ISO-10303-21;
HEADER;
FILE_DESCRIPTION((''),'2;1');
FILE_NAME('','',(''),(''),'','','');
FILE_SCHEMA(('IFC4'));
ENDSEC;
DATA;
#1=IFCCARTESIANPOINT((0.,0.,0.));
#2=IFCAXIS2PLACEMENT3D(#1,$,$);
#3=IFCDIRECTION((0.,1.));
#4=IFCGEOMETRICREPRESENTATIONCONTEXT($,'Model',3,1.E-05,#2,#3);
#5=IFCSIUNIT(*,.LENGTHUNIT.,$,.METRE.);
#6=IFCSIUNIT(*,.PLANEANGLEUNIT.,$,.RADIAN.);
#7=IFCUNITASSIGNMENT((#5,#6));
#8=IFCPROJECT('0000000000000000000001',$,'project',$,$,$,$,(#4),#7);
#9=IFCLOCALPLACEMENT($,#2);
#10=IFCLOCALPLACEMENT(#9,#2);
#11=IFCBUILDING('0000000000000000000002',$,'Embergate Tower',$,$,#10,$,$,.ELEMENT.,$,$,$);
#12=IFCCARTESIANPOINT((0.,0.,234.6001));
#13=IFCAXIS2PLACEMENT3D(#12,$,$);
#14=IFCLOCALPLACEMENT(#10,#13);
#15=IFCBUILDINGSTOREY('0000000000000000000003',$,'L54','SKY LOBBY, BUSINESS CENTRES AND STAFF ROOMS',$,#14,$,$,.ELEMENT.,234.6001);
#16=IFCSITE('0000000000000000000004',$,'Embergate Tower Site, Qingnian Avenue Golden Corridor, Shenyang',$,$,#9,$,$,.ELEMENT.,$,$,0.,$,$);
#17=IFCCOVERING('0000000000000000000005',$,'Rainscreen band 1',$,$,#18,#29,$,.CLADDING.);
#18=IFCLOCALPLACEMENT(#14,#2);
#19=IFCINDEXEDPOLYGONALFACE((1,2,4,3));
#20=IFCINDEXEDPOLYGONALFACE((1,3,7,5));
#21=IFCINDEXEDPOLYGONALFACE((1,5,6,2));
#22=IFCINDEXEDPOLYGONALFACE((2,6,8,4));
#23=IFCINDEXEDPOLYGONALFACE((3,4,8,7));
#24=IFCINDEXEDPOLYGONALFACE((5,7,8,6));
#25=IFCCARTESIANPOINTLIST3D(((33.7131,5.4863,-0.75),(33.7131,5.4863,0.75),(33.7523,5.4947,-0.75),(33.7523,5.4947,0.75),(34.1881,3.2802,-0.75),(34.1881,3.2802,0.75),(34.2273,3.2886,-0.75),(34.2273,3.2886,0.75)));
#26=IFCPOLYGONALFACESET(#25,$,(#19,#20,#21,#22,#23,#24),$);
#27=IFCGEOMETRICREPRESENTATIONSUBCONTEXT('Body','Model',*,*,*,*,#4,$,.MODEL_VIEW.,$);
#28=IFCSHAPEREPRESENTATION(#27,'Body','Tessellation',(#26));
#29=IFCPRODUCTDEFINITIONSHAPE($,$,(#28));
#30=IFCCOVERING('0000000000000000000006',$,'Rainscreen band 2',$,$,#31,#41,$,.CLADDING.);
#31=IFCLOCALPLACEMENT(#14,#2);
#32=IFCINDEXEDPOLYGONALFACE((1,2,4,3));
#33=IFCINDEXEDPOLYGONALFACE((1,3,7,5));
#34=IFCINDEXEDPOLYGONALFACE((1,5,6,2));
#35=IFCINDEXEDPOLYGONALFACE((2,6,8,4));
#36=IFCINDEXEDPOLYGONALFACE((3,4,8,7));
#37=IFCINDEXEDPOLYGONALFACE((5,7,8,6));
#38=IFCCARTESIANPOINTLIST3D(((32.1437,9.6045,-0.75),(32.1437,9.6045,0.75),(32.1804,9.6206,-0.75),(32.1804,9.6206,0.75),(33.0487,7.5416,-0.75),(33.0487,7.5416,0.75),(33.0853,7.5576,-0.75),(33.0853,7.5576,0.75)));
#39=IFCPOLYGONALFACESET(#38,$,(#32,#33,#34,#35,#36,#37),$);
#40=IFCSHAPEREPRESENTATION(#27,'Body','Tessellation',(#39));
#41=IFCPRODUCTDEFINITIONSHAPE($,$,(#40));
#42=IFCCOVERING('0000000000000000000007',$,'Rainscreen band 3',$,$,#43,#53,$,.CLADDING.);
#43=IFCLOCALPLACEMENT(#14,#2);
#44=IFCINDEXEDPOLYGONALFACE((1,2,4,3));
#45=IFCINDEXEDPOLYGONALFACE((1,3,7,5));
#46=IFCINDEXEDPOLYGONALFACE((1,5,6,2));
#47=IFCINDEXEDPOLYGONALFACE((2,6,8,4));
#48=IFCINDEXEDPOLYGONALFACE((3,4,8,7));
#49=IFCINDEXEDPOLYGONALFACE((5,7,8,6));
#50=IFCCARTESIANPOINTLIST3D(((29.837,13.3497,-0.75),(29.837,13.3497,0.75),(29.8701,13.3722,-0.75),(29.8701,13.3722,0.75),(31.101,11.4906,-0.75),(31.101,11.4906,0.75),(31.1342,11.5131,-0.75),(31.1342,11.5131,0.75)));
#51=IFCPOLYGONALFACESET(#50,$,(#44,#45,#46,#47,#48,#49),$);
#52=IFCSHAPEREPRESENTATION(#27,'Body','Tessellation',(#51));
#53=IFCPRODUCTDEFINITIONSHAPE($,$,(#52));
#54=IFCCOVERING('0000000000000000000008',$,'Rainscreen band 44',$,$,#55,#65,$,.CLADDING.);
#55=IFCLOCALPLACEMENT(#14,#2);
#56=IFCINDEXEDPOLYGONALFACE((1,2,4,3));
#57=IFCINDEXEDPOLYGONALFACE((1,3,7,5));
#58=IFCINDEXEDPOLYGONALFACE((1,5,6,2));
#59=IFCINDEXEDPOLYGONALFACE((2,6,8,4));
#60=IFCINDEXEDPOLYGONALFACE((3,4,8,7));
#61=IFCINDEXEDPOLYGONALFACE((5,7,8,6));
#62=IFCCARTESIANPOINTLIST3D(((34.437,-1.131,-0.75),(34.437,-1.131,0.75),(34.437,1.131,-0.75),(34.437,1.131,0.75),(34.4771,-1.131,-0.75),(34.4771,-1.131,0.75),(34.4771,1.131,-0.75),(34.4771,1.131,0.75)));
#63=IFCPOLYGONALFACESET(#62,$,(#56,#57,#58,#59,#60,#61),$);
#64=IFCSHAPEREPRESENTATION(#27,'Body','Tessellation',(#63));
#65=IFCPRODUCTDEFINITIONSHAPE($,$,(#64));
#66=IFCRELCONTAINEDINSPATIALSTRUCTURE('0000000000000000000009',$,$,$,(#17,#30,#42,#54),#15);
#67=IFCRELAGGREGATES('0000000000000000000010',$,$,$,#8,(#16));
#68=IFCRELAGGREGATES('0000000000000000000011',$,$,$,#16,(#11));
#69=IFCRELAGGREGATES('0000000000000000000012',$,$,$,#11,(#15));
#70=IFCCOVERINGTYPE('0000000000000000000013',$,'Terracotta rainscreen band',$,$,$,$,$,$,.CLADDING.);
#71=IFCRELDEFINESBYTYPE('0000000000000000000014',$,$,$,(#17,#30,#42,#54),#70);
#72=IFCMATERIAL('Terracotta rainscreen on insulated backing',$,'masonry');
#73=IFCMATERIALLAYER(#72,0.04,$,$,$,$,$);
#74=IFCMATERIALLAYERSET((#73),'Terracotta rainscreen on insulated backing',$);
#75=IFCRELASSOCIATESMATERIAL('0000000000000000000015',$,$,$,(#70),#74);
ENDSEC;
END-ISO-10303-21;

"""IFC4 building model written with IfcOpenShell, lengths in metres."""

from ifc_helpers import new_model, si_unit, direction, frame, origin, origin_2d, place, context, subcontext, project, spatial, rectangle, extrude, source, transform, mapped, material, layer, layer_set, type_object, element, save


model = new_model("IFC4")

# Units and contexts
model_context = context("Model", 3, precision=1e-05, world=origin(), true_north=direction((0.0, 1.0)))
body_context = subcontext(model_context, "Body", "Model", "MODEL_VIEW")
ifc_project = project(units=[si_unit("LENGTHUNIT", "METRE"), si_unit("PLANEANGLEUNIT", "RADIAN")], contexts=[model_context])

# Site, building, storey
site_placement = place(None, origin())
site = spatial("IfcSite", under=ifc_project, at=site_placement, Name="Embergate Tower Site, Qingnian Avenue Golden Corridor, Shenyang", CompositionType="ELEMENT", RefElevation=0.0)
building_placement = place(site_placement, origin())
building = spatial("IfcBuilding", under=site, at=building_placement, Name="Embergate Tower", CompositionType="ELEMENT")
storey_placement = place(building_placement, frame((0.0, 0.0, 234.6001)))
storey = spatial("IfcBuildingStorey", under=building, at=storey_placement, Name="L54", Description="SKY LOBBY, BUSINESS CENTRES AND STAFF ROOMS", CompositionType="ELEMENT", Elevation=234.6001)

# Coverings
ifc_material_1 = material(Name="Terracotta rainscreen on insulated backing", Category="masonry")
ifc_layer_1 = layer(ifc_material_1, 0.04)
ifc_layer_set_1 = layer_set([ifc_layer_1], Name="Terracotta rainscreen on insulated backing")
covering_type = type_object("IfcCoveringType", Name="Terracotta rainscreen band", PredefinedType="CLADDING", material=ifc_layer_set_1)
shared_shape_1 = source(origin(), body_context, "Body", "SweptSolid", [
    extrude(rectangle(XDim=2.2566, YDim=0.04, at=origin_2d()), origin(), (0.0, 0.0, 1.0), 1.5),
])
covering_1_placement = place(storey_placement, frame((33.9702, 4.3875, -0.75), z_axis=(0.0, 0.0, 1.0), x_axis=(-0.210497, 0.977594, 0.0)))
element("IfcCovering", 1, at=covering_1_placement, inside=storey, type_object=covering_type, Name="Rainscreen band 1", PredefinedType="CLADDING", context=body_context, shape_type="MappedRepresentation", body=[
    mapped(shared_shape_1, transform((0.0, 0.0, 0.0))),
])
shared_shape_2 = source(origin(), body_context, "Body", "SweptSolid", [
    extrude(rectangle(XDim=2.2527, YDim=0.04, at=origin_2d()), origin(), (0.0, 0.0, 1.0), 1.5),
])
covering_2_placement = place(storey_placement, frame((32.6145, 8.5811, -0.75), z_axis=(0.0, 0.0, 1.0), x_axis=(-0.401727, 0.915759, 0.0)))
element("IfcCovering", 2, at=covering_2_placement, inside=storey, type_object=covering_type, Name="Rainscreen band 2", PredefinedType="CLADDING", context=body_context, shape_type="MappedRepresentation", body=[
    mapped(shared_shape_2, transform((0.0, 0.0, 0.0))),
])
shared_shape_3 = source(origin(), body_context, "Body", "SweptSolid", [
    extrude(rectangle(XDim=2.248, YDim=0.04, at=origin_2d()), origin(), (0.0, 0.0, 1.0), 1.5),
])
covering_3_placement = place(storey_placement, frame((30.4856, 12.4314, -0.75), z_axis=(0.0, 0.0, 1.0), x_axis=(-0.562274, 0.826951, 0.0)))
element("IfcCovering", 3, at=covering_3_placement, inside=storey, type_object=covering_type, Name="Rainscreen band 3", PredefinedType="CLADDING", context=body_context, shape_type="MappedRepresentation", body=[
    mapped(shared_shape_3, transform((0.0, 0.0, 0.0))),
])
shared_shape_4 = source(origin(), body_context, "Body", "SweptSolid", [
    extrude(rectangle(XDim=2.262, YDim=0.04, at=origin_2d()), origin(), (0.0, 0.0, 1.0), 1.5),
])
covering_4_placement = place(storey_placement, frame((34.457, 0.0, -0.75), z_axis=(0.0, 0.0, 1.0), x_axis=(0.0, 1.0, 0.0)))
element("IfcCovering", 4, at=covering_4_placement, inside=storey, type_object=covering_type, Name="Rainscreen band 44", PredefinedType="CLADDING", context=body_context, shape_type="MappedRepresentation", body=[
    mapped(shared_shape_4, transform((0.0, 0.0, 0.0))),
])

save(model, "model.ifc")
